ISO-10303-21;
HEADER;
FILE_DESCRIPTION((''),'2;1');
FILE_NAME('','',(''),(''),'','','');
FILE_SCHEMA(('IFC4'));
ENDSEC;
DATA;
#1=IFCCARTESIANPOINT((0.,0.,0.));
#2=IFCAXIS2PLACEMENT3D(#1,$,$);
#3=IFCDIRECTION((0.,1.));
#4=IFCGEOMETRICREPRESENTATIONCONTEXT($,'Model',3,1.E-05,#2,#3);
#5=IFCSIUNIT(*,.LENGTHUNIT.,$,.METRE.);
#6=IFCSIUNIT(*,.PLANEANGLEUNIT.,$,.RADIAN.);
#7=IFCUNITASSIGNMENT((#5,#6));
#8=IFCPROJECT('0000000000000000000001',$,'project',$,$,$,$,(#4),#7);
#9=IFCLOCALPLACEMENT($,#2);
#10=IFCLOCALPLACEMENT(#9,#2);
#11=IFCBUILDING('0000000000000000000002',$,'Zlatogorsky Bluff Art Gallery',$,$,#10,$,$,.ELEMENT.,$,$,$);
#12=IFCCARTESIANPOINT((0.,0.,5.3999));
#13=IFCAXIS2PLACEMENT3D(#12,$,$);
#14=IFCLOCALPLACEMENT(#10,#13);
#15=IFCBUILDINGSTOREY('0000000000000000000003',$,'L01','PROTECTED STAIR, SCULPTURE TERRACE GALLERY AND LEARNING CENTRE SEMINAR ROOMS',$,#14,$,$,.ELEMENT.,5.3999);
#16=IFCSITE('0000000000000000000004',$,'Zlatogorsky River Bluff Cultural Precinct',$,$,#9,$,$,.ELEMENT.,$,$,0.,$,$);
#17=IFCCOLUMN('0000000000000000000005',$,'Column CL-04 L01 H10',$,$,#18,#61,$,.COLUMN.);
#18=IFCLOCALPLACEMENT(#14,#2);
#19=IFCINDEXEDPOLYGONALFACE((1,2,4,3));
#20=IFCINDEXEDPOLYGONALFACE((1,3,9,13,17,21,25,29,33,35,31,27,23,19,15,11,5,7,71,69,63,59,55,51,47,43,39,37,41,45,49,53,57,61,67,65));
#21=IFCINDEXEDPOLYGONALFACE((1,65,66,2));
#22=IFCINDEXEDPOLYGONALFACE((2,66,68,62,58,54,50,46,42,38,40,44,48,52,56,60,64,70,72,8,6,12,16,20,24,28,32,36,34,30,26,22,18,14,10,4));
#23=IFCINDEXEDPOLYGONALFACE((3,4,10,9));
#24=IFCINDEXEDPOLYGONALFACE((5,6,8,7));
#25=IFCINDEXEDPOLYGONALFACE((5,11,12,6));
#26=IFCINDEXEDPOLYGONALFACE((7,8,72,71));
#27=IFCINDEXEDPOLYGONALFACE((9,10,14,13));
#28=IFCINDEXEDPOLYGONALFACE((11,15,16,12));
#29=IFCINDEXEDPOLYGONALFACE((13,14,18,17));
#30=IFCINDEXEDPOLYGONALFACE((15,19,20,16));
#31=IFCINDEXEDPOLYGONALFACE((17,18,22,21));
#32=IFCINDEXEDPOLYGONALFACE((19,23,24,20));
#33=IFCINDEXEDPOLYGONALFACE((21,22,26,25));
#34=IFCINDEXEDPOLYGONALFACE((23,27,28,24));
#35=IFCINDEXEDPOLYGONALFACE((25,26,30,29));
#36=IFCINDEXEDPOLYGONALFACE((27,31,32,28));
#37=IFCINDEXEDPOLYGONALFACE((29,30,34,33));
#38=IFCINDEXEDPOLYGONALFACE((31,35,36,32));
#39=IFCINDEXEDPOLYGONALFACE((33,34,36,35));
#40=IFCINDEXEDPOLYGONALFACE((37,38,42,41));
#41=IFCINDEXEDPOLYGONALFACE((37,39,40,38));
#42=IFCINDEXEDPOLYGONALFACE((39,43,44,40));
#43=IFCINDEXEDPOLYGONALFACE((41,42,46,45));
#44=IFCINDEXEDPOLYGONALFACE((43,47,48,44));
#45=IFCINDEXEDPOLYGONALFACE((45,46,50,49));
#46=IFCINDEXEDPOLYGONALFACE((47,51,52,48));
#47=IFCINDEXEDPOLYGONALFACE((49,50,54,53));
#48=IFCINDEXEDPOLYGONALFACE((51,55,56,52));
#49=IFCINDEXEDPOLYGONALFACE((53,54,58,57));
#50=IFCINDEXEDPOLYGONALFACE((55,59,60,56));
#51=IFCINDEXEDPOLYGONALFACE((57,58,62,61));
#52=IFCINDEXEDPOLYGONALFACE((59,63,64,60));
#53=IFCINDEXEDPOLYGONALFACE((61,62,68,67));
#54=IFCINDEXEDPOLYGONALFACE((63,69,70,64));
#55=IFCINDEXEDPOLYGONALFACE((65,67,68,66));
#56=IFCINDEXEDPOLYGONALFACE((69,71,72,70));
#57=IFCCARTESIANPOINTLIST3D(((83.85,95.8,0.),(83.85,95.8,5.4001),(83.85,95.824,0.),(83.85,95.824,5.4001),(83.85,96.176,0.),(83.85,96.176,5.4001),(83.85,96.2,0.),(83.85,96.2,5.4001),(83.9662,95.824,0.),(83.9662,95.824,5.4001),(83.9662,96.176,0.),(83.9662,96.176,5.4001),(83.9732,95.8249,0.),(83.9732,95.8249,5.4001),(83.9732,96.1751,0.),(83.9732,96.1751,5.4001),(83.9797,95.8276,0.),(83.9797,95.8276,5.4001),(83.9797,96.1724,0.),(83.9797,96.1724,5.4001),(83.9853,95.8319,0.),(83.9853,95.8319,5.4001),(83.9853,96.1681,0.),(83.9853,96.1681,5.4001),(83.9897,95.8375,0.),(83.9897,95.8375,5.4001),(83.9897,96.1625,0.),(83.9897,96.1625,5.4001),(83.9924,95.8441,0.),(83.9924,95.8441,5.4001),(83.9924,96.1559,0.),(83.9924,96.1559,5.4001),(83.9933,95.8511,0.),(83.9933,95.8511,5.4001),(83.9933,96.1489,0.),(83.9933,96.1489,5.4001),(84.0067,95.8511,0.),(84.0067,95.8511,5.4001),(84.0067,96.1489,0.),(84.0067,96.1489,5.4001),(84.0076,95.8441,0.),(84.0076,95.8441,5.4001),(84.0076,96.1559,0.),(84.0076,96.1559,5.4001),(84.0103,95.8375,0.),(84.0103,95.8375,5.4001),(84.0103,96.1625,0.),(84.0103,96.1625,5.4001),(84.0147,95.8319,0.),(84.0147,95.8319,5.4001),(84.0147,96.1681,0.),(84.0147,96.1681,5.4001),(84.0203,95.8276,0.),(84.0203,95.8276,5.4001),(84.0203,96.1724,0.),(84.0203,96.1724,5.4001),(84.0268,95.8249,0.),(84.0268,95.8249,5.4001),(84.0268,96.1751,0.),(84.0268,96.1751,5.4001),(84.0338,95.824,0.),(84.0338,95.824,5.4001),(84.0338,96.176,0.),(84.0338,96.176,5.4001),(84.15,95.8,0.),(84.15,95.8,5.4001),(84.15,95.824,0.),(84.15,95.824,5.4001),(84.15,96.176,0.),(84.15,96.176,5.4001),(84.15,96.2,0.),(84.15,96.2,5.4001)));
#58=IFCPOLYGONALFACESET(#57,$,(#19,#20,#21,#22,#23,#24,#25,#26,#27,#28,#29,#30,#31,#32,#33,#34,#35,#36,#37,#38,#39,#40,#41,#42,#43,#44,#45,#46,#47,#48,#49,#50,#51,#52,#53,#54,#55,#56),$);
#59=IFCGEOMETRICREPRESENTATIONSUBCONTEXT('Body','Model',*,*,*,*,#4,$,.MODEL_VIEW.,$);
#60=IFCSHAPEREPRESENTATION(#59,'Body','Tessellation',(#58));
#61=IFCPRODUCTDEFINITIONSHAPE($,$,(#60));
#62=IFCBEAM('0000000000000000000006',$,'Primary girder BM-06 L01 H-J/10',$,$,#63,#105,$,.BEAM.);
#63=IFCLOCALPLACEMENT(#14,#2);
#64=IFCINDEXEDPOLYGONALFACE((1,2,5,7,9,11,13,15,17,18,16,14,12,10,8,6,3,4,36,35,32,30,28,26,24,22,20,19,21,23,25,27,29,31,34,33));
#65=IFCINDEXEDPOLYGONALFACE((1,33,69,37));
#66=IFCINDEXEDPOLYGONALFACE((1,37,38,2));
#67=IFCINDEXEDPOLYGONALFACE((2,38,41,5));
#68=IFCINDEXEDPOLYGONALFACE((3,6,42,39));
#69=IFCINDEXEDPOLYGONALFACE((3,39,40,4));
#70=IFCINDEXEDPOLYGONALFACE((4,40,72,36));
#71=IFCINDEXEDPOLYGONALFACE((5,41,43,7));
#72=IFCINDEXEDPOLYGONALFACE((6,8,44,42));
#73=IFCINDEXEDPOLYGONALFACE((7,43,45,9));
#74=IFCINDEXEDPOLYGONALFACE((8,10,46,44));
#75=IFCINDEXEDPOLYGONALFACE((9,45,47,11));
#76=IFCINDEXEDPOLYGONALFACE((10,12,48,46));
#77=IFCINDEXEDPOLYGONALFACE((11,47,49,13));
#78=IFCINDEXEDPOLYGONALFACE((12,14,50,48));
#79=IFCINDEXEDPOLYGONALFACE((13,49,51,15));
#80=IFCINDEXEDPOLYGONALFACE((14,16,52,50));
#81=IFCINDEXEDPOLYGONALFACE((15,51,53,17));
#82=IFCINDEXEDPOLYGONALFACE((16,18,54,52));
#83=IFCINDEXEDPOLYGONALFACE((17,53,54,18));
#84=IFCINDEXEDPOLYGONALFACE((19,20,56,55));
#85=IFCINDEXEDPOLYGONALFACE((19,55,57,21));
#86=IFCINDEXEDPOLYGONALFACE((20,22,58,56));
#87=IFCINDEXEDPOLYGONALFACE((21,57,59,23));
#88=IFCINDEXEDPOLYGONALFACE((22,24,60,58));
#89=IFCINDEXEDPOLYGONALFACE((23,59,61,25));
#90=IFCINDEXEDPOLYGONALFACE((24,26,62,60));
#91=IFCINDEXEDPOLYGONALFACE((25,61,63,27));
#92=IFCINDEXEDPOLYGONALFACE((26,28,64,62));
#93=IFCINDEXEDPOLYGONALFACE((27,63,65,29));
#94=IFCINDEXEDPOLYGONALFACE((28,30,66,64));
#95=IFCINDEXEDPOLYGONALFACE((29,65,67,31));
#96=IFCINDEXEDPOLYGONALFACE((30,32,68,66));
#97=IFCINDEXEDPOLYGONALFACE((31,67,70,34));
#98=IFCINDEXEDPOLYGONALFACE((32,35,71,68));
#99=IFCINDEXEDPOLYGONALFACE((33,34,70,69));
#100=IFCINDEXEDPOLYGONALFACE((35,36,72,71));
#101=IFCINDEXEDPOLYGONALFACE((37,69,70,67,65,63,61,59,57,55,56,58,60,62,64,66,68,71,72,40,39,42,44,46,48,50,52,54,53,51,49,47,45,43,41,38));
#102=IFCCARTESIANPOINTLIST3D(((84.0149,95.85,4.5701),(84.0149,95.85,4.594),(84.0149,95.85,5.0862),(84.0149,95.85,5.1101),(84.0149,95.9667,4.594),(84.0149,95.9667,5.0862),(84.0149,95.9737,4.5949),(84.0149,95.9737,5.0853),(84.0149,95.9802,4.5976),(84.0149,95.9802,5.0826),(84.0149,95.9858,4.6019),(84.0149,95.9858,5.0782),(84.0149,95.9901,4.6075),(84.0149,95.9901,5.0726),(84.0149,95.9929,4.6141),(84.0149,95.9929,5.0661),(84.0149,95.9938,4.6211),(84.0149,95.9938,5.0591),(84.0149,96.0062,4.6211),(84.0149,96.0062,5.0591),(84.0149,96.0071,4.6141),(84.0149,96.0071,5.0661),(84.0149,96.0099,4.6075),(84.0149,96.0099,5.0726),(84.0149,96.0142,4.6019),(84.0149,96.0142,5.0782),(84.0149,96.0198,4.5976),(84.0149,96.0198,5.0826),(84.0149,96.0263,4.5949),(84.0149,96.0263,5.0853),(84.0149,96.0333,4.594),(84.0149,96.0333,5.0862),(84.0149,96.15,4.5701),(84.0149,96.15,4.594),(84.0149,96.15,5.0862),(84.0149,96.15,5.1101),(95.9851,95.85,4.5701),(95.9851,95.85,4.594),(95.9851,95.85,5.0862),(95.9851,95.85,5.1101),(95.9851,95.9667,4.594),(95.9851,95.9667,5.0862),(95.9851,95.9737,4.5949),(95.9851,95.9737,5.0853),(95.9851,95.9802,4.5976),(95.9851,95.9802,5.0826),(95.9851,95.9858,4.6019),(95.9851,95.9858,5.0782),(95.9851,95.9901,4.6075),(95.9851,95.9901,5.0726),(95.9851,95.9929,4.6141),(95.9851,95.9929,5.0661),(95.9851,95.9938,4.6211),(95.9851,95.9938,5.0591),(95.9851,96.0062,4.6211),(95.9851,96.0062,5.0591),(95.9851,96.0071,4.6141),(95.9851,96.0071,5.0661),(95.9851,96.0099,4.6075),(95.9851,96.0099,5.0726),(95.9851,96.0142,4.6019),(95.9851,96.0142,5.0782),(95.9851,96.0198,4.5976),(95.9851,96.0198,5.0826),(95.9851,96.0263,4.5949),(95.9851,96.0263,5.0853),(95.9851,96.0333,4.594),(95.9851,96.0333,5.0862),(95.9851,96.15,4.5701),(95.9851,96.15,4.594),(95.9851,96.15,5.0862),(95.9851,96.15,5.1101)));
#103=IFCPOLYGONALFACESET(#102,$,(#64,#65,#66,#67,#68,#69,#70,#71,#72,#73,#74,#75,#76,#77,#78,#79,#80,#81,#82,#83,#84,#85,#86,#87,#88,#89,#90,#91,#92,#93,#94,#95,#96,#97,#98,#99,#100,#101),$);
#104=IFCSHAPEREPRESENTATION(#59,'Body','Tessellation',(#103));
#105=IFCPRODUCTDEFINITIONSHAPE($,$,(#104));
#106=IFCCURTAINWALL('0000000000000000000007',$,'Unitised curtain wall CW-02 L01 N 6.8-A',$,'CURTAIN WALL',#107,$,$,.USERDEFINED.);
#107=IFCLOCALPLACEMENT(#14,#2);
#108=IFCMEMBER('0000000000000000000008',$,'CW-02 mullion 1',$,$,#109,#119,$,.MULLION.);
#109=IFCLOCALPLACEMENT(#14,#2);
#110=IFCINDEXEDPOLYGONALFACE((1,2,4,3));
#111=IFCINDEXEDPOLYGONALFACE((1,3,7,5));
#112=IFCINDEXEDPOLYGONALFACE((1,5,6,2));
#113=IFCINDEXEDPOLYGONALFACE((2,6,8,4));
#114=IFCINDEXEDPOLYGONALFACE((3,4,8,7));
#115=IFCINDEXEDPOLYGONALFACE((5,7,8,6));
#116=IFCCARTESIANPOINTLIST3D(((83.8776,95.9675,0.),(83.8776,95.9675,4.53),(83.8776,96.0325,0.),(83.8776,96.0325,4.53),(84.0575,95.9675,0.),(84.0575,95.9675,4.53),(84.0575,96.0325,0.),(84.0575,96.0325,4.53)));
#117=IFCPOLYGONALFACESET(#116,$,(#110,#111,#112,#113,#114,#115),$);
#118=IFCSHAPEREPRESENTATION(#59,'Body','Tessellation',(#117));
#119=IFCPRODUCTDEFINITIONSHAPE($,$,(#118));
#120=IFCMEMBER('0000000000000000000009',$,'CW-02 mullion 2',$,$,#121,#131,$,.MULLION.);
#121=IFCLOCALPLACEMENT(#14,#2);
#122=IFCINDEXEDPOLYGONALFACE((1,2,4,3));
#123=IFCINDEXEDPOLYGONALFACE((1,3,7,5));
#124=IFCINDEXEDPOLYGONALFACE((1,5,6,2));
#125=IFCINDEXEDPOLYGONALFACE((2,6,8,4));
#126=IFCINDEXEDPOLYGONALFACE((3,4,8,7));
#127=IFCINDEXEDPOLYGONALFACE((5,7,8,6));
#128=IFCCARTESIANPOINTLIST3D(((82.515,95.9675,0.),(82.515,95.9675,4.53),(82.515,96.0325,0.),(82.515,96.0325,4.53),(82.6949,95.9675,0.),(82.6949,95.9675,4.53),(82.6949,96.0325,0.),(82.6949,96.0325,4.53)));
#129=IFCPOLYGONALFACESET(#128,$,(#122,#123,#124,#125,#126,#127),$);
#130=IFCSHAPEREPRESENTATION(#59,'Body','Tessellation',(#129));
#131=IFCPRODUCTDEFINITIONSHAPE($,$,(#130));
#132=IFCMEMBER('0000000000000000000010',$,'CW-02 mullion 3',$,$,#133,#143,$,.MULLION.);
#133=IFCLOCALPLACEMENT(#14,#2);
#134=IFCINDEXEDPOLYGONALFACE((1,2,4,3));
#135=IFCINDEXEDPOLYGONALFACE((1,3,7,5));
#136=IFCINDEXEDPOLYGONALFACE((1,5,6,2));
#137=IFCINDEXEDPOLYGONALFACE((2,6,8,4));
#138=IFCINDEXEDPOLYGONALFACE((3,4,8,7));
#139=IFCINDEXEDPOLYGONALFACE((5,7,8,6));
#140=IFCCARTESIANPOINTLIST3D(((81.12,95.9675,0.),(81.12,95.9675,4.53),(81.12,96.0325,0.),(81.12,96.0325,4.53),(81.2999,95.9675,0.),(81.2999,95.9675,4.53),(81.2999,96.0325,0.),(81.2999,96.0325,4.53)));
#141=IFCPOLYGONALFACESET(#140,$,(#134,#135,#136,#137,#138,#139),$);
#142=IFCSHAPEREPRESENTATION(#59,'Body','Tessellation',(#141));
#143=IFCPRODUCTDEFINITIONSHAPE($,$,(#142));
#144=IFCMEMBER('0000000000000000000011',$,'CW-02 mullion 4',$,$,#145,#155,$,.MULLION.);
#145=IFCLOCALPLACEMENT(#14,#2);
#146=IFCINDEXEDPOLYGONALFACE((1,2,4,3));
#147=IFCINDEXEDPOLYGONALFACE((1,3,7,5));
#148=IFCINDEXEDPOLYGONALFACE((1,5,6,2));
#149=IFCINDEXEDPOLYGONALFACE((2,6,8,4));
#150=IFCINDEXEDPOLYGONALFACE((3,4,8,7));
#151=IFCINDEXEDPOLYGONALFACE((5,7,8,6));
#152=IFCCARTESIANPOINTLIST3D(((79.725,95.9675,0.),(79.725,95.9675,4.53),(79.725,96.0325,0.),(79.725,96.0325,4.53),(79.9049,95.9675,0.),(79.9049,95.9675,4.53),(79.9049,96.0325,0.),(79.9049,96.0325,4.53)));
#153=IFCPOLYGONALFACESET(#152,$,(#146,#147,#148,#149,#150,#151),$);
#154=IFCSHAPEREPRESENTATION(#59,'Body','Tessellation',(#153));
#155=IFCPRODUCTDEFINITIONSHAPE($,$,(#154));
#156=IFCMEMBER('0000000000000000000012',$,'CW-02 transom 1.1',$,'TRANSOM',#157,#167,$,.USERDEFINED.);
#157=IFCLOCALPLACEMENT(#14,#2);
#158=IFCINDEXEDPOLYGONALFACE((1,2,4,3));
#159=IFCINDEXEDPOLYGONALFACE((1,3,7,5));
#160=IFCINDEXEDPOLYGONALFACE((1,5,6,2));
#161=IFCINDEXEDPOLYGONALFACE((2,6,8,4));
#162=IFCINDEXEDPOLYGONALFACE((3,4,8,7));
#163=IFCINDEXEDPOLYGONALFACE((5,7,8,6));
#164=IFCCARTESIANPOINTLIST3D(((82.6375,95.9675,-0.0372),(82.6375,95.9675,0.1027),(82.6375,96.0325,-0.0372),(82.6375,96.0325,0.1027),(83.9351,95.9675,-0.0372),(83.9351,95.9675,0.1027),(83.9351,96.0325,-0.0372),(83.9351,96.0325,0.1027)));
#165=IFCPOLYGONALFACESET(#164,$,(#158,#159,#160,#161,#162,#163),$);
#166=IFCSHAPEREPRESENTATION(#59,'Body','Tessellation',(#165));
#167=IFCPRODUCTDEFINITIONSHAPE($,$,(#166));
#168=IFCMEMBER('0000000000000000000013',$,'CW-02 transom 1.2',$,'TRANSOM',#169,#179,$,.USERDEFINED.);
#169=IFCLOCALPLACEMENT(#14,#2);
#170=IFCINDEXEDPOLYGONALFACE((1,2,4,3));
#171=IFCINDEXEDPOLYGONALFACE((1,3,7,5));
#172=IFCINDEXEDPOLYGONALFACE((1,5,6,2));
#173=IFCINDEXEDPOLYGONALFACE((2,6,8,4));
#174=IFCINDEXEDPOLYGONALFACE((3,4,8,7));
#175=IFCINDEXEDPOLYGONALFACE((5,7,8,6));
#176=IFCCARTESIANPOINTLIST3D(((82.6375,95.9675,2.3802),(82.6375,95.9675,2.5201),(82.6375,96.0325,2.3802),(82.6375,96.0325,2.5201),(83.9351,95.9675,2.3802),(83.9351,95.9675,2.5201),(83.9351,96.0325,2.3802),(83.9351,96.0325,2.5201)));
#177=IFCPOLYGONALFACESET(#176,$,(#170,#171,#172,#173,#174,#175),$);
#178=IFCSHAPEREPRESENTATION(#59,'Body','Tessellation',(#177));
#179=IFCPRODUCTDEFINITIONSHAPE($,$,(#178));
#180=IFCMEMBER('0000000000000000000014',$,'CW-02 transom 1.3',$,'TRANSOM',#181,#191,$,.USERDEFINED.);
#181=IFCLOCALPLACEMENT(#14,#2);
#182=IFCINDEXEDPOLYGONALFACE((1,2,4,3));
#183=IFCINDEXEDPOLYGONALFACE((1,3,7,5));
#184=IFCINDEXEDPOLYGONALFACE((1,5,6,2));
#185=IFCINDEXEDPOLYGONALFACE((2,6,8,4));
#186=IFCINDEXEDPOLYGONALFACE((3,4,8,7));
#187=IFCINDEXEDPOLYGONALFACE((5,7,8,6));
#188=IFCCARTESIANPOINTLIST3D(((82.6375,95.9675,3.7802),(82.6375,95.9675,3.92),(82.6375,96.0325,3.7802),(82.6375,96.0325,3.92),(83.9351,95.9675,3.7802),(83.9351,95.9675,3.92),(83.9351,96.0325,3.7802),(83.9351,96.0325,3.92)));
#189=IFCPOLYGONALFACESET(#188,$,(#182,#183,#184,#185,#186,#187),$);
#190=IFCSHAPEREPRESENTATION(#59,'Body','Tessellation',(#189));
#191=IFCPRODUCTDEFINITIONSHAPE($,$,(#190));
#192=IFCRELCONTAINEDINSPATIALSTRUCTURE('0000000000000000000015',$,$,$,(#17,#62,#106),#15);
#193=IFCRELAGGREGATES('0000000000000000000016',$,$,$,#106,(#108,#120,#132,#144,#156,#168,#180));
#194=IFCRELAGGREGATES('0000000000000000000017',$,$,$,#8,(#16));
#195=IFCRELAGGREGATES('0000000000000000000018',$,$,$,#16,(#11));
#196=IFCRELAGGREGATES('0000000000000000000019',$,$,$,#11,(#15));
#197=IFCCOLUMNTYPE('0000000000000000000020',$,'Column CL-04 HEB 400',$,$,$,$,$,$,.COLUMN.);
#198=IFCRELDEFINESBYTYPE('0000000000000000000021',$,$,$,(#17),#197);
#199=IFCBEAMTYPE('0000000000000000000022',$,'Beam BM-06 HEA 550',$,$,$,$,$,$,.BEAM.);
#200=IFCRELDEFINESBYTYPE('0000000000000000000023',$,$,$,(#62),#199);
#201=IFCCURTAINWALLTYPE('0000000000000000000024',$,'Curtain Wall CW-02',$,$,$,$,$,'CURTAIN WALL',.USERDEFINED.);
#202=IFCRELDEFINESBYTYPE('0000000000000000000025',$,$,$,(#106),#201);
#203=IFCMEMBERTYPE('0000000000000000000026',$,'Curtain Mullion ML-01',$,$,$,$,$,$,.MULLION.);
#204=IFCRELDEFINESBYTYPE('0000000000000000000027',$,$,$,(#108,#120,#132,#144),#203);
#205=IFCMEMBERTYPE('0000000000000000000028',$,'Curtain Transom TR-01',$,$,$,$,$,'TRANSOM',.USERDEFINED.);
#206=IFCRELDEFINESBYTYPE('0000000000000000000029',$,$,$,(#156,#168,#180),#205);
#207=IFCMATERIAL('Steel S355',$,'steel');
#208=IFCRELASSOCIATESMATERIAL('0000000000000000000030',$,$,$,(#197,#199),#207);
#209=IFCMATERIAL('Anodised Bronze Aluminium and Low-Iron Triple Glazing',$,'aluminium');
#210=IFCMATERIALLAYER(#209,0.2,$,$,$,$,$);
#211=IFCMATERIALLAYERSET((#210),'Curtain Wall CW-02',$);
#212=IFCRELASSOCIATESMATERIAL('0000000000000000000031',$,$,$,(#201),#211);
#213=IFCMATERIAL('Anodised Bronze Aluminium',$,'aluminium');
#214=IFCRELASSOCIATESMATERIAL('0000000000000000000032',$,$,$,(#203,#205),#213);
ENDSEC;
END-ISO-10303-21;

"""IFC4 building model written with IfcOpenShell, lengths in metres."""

from ifc_helpers import new_model, si_unit, direction, frame, origin, origin_2d, place, context, subcontext, project, spatial, rectangle, i_section, extrude, material, layer, layer_set, material_profile, profile_set, type_object, element, aggregate, save


model = new_model("IFC4")

# Units and contexts
model_context = context("Model", 3, precision=1e-05, world=origin(), true_north=direction((0.0, 1.0)))
body_context = subcontext(model_context, "Body", "Model", "MODEL_VIEW")
ifc_project = project(units=[si_unit("LENGTHUNIT", "METRE"), si_unit("PLANEANGLEUNIT", "RADIAN")], contexts=[model_context])

# Site, building, storey
site_placement = place(None, origin())
site = spatial("IfcSite", under=ifc_project, at=site_placement, Name="Zlatogorsky River Bluff Cultural Precinct", CompositionType="ELEMENT", RefElevation=0.0)
building_placement = place(site_placement, origin())
building = spatial("IfcBuilding", under=site, at=building_placement, Name="Zlatogorsky Bluff Art Gallery", CompositionType="ELEMENT")
storey_placement = place(building_placement, frame((0.0, 0.0, 5.3999)))
storey = spatial("IfcBuildingStorey", under=building, at=storey_placement, Name="L01", Description="PROTECTED STAIR, SCULPTURE TERRACE GALLERY AND LEARNING CENTRE SEMINAR ROOMS", CompositionType="ELEMENT", Elevation=5.3999)

# Column
ifc_material_1 = material(Name="Steel S355", Category="steel")
ifc_material_profile_1 = material_profile(ifc_material_1, i_section(OverallWidth=0.3, OverallDepth=0.3999, WebThickness=0.0134, FlangeThickness=0.0239, FilletRadius=0.0271, at=origin_2d()), Name="HEB 400")
ifc_profile_set_1 = profile_set([ifc_material_profile_1], Name="Steel S355")
column_type = type_object("IfcColumnType", Name="Column CL-04 HEB 400", PredefinedType="COLUMN", material=ifc_profile_set_1)
column_placement = place(storey_placement, frame((84.0, 96.0, 0.0), z_axis=(0.0, 0.0, 1.0), x_axis=(1.0, 0.0, 0.0)))
element("IfcColumn", 1, at=column_placement, inside=storey, type_object=column_type, Name="Column CL-04 L01 H10", PredefinedType="COLUMN", context=body_context, shape_type="SweptSolid", body=[
    extrude(i_section(OverallWidth=0.3, OverallDepth=0.3999, WebThickness=0.0134, FlangeThickness=0.0239, FilletRadius=0.0271, at=origin_2d()), origin(), (0.0, 0.0, 1.0), 5.4001),
])

# Beam
ifc_material_profile_2 = material_profile(ifc_material_1, i_section(OverallWidth=0.3, OverallDepth=0.54, WebThickness=0.0125, FlangeThickness=0.0239, FilletRadius=0.0271, at=origin_2d()), Name="HEA 550")
ifc_profile_set_2 = profile_set([ifc_material_profile_2], Name="Steel S355")
beam_type = type_object("IfcBeamType", Name="Beam BM-06 HEA 550", PredefinedType="BEAM", material=ifc_profile_set_2)
beam_placement = place(storey_placement, frame((84.0149, 96.0, 4.8401), z_axis=(1.0, 0.0, 0.0), x_axis=(0.0, 1.0, 0.0)))
element("IfcBeam", 2, at=beam_placement, inside=storey, type_object=beam_type, Name="Primary girder BM-06 L01 H-J/10", PredefinedType="BEAM", context=body_context, shape_type="SweptSolid", body=[
    extrude(i_section(OverallWidth=0.3, OverallDepth=0.54, WebThickness=0.0125, FlangeThickness=0.0239, FilletRadius=0.0271, at=origin_2d()), origin(), (0.0, 0.0, 1.0), 11.9702),
])

# Curtain wall, members
ifc_material_2 = material(Name="Anodised Bronze Aluminium and Low-Iron Triple Glazing", Category="aluminium")
ifc_layer_1 = layer(ifc_material_2, 0.2)
ifc_layer_set_1 = layer_set([ifc_layer_1], Name="Curtain Wall CW-02")
curtain_wall_type = type_object("IfcCurtainWallType", Name="Curtain Wall CW-02", ElementType="CURTAIN WALL", PredefinedType="USERDEFINED", material=ifc_layer_set_1)
curtain_wall_placement = place(storey_placement, origin())
curtain_wall = element("IfcCurtainWall", 3, at=curtain_wall_placement, inside=storey, type_object=curtain_wall_type, Name="Unitised curtain wall CW-02 L01 N 6.8-A", ObjectType="CURTAIN WALL", PredefinedType="USERDEFINED")
ifc_material_3 = material(Name="Anodised Bronze Aluminium", Category="aluminium")
ifc_material_profile_3 = material_profile(ifc_material_3, rectangle(XDim=0.0649, YDim=0.1799, at=origin_2d()), Name="ALU MULLION 65x180")
ifc_profile_set_3 = profile_set([ifc_material_profile_3], Name="Anodised Bronze Aluminium")
member_type_1 = type_object("IfcMemberType", Name="Curtain Mullion ML-01", PredefinedType="MULLION", material=ifc_profile_set_3)
member_1_placement = place(storey_placement, frame((83.9675, 96.0, 0.0), z_axis=(0.0, 0.0, 1.0), x_axis=(0.0, -1.0, 0.0)))
member_1 = element("IfcMember", 4, at=member_1_placement, type_object=member_type_1, Name="CW-02 mullion 1", PredefinedType="MULLION", context=body_context, shape_type="SweptSolid", body=[
    extrude(rectangle(XDim=0.0649, YDim=0.1799, at=origin_2d()), origin(), (0.0, 0.0, 1.0), 4.53),
])
member_2_placement = place(storey_placement, frame((82.605, 96.0, 0.0), z_axis=(0.0, 0.0, 1.0), x_axis=(0.0, -1.0, 0.0)))
member_2 = element("IfcMember", 5, at=member_2_placement, type_object=member_type_1, Name="CW-02 mullion 2", PredefinedType="MULLION", context=body_context, shape_type="SweptSolid", body=[
    extrude(rectangle(XDim=0.0649, YDim=0.1799, at=origin_2d()), origin(), (0.0, 0.0, 1.0), 4.53),
])
member_3_placement = place(storey_placement, frame((81.21, 96.0, 0.0), z_axis=(0.0, 0.0, 1.0), x_axis=(0.0, -1.0, 0.0)))
member_3 = element("IfcMember", 6, at=member_3_placement, type_object=member_type_1, Name="CW-02 mullion 3", PredefinedType="MULLION", context=body_context, shape_type="SweptSolid", body=[
    extrude(rectangle(XDim=0.0649, YDim=0.1799, at=origin_2d()), origin(), (0.0, 0.0, 1.0), 4.53),
])
member_4_placement = place(storey_placement, frame((79.8149, 96.0, 0.0), z_axis=(0.0, 0.0, 1.0), x_axis=(0.0, -1.0, 0.0)))
member_4 = element("IfcMember", 7, at=member_4_placement, type_object=member_type_1, Name="CW-02 mullion 4", PredefinedType="MULLION", context=body_context, shape_type="SweptSolid", body=[
    extrude(rectangle(XDim=0.0649, YDim=0.1799, at=origin_2d()), origin(), (0.0, 0.0, 1.0), 4.53),
])
ifc_material_profile_4 = material_profile(ifc_material_3, rectangle(XDim=0.0649, YDim=0.1399, at=origin_2d()), Name="ALU TRANSOM 65x140")
ifc_profile_set_4 = profile_set([ifc_material_profile_4], Name="Anodised Bronze Aluminium")
member_type_2 = type_object("IfcMemberType", Name="Curtain Transom TR-01", ElementType="TRANSOM", PredefinedType="USERDEFINED", material=ifc_profile_set_4)
member_5_placement = place(storey_placement, frame((83.9351, 96.0, 0.0327), z_axis=(-1.0, 0.0, 0.0), x_axis=(0.0, -1.0, 0.0)))
member_5 = element("IfcMember", 8, at=member_5_placement, type_object=member_type_2, Name="CW-02 transom 1.1", ObjectType="TRANSOM", PredefinedType="USERDEFINED", context=body_context, shape_type="SweptSolid", body=[
    extrude(rectangle(XDim=0.0649, YDim=0.1399, at=origin_2d()), origin(), (0.0, 0.0, 1.0), 1.2976),
])
member_6_placement = place(storey_placement, frame((83.9351, 96.0, 2.4502), z_axis=(-1.0, 0.0, 0.0), x_axis=(0.0, -1.0, 0.0)))
member_6 = element("IfcMember", 9, at=member_6_placement, type_object=member_type_2, Name="CW-02 transom 1.2", ObjectType="TRANSOM", PredefinedType="USERDEFINED", context=body_context, shape_type="SweptSolid", body=[
    extrude(rectangle(XDim=0.0649, YDim=0.1399, at=origin_2d()), origin(), (0.0, 0.0, 1.0), 1.2976),
])
member_7_placement = place(storey_placement, frame((83.9351, 96.0, 3.8501), z_axis=(-1.0, 0.0, 0.0), x_axis=(0.0, -1.0, 0.0)))
member_7 = element("IfcMember", 10, at=member_7_placement, type_object=member_type_2, Name="CW-02 transom 1.3", ObjectType="TRANSOM", PredefinedType="USERDEFINED", context=body_context, shape_type="SweptSolid", body=[
    extrude(rectangle(XDim=0.0649, YDim=0.1399, at=origin_2d()), origin(), (0.0, 0.0, 1.0), 1.2976),
])
aggregate(curtain_wall, [member_1, member_2, member_3, member_4, member_5, member_6, member_7])

save(model, "model.ifc")
